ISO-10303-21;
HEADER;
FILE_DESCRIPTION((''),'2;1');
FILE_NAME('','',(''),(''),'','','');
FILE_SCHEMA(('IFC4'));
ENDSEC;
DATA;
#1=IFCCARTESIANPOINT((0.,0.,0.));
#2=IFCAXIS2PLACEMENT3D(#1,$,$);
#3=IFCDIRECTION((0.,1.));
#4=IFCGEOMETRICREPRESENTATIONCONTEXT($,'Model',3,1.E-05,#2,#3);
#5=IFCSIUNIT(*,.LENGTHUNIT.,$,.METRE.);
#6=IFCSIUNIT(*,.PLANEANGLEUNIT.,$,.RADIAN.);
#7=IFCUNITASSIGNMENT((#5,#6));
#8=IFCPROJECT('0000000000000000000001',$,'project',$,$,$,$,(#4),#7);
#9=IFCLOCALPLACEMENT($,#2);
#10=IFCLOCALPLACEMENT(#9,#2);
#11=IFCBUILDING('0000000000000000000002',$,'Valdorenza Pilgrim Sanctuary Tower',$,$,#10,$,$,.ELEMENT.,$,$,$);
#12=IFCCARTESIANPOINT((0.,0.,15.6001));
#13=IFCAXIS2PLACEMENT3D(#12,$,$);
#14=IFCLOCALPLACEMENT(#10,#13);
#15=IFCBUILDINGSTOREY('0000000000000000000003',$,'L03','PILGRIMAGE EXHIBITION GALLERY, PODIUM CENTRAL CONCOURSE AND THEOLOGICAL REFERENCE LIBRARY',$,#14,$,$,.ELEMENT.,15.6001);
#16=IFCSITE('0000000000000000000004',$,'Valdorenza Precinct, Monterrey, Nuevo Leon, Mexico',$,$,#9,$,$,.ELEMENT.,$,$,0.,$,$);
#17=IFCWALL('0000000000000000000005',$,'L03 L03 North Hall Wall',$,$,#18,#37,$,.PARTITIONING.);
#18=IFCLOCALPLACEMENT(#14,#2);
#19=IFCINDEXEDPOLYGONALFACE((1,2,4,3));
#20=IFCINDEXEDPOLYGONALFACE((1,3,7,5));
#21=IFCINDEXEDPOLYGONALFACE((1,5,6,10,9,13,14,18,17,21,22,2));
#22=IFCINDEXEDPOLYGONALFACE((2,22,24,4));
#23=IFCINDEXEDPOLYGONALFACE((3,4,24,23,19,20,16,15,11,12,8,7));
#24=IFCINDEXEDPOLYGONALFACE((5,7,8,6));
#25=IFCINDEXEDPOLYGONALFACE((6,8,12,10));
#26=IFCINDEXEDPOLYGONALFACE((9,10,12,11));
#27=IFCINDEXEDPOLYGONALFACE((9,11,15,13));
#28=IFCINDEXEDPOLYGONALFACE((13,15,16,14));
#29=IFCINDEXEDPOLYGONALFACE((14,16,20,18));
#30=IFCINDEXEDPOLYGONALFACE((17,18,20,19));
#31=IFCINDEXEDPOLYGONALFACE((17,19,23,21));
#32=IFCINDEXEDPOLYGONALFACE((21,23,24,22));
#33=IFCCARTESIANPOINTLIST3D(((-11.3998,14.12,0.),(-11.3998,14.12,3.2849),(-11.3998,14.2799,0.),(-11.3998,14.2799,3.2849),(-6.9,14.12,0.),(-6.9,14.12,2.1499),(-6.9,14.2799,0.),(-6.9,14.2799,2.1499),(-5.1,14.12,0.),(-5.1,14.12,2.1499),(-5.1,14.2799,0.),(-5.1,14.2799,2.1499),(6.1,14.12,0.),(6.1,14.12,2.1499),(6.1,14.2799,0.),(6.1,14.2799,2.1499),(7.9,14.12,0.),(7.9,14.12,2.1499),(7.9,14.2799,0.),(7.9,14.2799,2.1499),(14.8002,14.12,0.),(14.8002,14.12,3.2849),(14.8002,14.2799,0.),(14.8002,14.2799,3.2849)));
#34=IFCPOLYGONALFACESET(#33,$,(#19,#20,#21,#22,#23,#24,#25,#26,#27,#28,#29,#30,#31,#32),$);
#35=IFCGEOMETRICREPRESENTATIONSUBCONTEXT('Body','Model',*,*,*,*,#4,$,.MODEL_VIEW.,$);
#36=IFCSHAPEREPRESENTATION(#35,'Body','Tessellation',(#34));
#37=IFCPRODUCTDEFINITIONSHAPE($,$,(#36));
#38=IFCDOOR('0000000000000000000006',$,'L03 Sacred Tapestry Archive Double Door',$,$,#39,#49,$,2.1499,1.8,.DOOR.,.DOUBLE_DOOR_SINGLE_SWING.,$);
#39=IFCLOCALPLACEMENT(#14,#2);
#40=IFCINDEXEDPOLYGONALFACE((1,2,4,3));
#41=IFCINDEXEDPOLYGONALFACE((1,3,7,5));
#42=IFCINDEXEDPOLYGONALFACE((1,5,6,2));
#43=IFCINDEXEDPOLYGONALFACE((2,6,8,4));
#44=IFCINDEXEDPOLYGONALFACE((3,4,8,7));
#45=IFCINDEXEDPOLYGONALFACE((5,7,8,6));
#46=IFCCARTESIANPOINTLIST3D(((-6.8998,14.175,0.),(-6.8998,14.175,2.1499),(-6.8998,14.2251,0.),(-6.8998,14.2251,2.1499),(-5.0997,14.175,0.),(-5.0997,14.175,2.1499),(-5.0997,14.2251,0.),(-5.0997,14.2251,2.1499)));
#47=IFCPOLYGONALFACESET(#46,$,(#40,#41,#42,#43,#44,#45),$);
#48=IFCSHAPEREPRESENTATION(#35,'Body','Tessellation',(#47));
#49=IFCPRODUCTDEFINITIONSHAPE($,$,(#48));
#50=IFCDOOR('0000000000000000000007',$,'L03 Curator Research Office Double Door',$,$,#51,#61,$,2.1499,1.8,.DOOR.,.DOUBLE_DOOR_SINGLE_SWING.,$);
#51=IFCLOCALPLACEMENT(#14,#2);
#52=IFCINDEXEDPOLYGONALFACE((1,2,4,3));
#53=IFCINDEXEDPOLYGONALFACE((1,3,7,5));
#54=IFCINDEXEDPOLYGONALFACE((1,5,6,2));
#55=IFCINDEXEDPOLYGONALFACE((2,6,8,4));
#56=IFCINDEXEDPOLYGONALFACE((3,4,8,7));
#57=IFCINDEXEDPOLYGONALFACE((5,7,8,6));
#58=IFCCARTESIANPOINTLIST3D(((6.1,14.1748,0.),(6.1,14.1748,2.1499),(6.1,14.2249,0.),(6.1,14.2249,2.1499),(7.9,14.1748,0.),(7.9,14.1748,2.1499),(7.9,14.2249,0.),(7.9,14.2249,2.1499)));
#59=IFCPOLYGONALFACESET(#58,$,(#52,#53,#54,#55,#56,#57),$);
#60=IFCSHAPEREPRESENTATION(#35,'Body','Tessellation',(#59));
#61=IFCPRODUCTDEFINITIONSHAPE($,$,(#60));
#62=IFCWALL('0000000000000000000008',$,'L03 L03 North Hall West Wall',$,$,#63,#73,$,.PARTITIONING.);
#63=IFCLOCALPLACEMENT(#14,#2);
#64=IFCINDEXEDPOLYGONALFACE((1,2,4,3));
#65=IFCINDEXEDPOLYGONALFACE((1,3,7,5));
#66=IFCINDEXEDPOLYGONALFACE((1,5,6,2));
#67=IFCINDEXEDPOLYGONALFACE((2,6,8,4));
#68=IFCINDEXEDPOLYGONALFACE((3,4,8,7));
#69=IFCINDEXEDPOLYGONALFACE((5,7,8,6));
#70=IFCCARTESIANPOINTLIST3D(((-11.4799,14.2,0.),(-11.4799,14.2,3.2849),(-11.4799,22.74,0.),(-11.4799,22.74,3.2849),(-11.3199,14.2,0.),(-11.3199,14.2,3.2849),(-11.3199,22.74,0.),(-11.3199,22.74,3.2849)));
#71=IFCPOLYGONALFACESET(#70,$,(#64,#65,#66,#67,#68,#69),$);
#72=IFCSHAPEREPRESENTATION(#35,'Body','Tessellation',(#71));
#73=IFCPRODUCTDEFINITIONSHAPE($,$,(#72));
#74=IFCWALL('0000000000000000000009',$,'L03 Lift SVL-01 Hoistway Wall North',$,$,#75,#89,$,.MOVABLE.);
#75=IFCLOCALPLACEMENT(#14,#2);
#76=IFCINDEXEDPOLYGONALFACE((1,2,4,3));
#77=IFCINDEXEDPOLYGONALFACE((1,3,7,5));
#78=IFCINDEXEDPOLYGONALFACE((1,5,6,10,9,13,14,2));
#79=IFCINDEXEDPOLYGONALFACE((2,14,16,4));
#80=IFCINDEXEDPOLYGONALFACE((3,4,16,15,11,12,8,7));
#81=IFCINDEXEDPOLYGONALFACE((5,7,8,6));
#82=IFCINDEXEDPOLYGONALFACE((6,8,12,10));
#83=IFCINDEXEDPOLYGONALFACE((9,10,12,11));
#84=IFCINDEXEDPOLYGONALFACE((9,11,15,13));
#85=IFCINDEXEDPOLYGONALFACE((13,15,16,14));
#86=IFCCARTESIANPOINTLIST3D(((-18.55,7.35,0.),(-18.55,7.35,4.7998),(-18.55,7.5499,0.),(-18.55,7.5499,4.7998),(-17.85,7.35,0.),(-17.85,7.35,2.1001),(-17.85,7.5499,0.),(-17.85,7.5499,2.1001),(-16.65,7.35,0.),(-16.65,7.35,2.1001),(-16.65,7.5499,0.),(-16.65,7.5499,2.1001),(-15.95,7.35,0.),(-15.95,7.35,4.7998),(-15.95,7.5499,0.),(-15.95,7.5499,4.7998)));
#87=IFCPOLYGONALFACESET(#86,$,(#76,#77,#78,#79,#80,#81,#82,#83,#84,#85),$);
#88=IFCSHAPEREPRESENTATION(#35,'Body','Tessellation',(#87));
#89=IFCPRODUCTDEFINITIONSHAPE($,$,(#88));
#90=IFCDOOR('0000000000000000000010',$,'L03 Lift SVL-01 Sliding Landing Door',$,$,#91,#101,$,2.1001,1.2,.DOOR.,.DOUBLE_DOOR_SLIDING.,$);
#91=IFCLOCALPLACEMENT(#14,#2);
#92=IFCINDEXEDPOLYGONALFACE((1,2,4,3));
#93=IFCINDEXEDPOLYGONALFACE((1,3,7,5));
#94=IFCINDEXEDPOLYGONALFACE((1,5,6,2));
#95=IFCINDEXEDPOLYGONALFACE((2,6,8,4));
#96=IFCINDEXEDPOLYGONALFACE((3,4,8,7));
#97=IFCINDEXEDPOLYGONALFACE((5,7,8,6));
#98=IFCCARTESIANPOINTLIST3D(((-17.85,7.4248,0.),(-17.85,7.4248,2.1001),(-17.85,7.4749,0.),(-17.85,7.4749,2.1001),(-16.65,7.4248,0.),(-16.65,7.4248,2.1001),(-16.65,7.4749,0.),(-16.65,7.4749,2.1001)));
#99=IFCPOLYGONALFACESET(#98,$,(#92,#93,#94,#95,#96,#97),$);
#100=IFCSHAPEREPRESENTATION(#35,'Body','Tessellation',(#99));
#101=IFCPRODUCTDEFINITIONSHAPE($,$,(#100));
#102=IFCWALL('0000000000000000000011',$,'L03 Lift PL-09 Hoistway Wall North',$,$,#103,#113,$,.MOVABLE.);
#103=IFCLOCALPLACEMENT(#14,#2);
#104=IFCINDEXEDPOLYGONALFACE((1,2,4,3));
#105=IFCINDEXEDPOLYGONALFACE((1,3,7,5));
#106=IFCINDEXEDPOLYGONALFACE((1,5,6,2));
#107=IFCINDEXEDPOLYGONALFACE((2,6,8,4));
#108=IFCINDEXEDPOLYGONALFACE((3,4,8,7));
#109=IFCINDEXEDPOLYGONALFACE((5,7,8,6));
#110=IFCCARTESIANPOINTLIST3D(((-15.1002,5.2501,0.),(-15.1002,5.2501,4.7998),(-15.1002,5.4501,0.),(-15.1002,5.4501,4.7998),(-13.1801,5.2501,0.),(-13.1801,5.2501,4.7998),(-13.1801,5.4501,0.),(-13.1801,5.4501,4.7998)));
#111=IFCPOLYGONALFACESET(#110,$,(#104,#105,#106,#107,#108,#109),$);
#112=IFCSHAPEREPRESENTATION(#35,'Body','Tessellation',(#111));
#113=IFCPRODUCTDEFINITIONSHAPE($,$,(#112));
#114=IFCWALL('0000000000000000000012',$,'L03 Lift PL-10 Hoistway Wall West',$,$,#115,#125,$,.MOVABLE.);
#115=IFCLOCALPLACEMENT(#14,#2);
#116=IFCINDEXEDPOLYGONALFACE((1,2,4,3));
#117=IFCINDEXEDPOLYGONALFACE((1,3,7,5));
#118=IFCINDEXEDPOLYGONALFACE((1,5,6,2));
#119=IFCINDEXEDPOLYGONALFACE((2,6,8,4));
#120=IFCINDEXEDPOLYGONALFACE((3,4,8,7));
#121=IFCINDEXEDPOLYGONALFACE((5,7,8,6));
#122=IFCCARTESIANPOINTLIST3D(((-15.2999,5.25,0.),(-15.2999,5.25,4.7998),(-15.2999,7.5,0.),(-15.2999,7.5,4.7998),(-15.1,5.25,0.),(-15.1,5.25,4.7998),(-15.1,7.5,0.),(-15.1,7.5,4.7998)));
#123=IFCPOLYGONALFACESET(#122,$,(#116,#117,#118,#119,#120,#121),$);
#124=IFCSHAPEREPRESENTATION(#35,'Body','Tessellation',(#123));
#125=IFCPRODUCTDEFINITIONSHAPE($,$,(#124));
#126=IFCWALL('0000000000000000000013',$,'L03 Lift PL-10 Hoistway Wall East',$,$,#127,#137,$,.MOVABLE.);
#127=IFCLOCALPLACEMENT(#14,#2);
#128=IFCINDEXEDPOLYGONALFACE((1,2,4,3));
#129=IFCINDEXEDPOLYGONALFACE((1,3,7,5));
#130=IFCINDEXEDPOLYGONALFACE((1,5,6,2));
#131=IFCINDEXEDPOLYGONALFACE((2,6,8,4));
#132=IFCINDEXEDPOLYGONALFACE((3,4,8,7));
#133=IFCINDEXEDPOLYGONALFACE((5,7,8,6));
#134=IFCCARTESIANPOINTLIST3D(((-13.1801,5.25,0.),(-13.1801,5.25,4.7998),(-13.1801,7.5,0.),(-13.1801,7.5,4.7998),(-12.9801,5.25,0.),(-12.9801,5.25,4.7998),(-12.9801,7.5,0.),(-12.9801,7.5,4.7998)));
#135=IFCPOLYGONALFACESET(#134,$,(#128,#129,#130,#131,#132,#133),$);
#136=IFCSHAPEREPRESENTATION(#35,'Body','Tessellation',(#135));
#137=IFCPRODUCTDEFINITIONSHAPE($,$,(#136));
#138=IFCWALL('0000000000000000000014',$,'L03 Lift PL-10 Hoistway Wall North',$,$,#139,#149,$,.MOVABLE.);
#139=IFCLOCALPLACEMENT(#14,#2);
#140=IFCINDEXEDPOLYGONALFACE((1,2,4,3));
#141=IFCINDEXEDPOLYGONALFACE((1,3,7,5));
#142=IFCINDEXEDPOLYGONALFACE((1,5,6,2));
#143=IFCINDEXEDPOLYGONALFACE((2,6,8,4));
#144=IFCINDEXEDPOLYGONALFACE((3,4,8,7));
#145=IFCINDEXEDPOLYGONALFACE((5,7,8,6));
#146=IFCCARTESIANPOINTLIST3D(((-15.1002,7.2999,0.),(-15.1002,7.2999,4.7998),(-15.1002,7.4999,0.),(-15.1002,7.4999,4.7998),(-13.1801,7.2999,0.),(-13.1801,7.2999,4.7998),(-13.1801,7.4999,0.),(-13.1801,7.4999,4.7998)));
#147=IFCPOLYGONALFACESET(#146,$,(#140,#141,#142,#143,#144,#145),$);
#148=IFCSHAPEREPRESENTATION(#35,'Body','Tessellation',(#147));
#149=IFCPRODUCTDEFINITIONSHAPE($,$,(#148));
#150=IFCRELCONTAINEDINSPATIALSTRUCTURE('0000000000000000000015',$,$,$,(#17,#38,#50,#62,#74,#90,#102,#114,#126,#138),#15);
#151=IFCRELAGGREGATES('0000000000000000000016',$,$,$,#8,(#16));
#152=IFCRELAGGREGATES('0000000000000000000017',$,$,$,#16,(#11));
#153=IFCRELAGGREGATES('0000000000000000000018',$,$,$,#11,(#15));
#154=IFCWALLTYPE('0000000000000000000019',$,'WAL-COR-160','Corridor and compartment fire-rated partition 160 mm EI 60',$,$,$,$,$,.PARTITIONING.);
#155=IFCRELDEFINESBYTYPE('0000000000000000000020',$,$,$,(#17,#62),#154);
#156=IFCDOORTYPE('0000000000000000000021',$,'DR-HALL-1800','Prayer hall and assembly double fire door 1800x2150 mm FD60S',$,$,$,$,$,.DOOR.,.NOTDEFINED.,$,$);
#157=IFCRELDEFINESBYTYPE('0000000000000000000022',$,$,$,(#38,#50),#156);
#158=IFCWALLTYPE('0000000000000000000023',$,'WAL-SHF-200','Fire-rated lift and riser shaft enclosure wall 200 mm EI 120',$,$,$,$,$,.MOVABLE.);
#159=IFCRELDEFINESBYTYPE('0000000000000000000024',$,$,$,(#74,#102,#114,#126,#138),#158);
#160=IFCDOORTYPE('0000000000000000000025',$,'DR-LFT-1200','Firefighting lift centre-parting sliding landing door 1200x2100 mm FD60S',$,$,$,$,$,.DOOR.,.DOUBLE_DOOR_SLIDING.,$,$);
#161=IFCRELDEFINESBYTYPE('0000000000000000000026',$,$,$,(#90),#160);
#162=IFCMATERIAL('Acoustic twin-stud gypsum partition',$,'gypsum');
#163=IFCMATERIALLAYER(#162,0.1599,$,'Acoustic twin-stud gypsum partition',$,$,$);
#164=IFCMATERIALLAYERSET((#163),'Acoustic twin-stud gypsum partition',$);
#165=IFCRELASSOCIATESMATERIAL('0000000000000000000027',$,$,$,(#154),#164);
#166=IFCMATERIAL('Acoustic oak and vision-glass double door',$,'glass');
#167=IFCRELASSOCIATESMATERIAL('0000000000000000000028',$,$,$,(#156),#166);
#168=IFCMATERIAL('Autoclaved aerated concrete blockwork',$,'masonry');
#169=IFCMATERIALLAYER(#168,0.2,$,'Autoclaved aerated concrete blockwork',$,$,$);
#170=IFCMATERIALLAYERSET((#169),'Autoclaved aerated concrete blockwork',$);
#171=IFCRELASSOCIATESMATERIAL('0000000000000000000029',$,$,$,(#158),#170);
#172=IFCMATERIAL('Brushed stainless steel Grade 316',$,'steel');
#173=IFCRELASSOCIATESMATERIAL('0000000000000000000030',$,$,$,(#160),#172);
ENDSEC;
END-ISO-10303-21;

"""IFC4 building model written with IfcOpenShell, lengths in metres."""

from ifc_helpers import new_model, si_unit, direction, frame, frame_2d, origin, place, context, subcontext, project, spatial, rectangle, extrude, material, layer, layer_set, type_object, element, fill, save


model = new_model("IFC4")

# Units and contexts
model_context = context("Model", 3, precision=1e-05, world=origin(), true_north=direction((0.0, 1.0)))
body_context = subcontext(model_context, "Body", "Model", "MODEL_VIEW")
ifc_project = project(units=[si_unit("LENGTHUNIT", "METRE"), si_unit("PLANEANGLEUNIT", "RADIAN")], contexts=[model_context])

# Site, building, storey
site_placement = place(None, origin())
site = spatial("IfcSite", under=ifc_project, at=site_placement, Name="Valdorenza Precinct, Monterrey, Nuevo Leon, Mexico", CompositionType="ELEMENT", RefElevation=0.0)
building_placement = place(site_placement, origin())
building = spatial("IfcBuilding", under=site, at=building_placement, Name="Valdorenza Pilgrim Sanctuary Tower", CompositionType="ELEMENT")
storey_placement = place(building_placement, frame((0.0, 0.0, 15.6001)))
storey = spatial("IfcBuildingStorey", under=building, at=storey_placement, Name="L03", Description="PILGRIMAGE EXHIBITION GALLERY, PODIUM CENTRAL CONCOURSE AND THEOLOGICAL REFERENCE LIBRARY", CompositionType="ELEMENT", Elevation=15.6001)

# Shared definitions
ifc_material_1 = material(Name="Acoustic twin-stud gypsum partition", Category="gypsum")
ifc_layer_1 = layer(ifc_material_1, 0.1599, Name="Acoustic twin-stud gypsum partition")
ifc_layer_set_1 = layer_set([ifc_layer_1], Name="Acoustic twin-stud gypsum partition")
wall_type_1 = type_object("IfcWallType", Name="WAL-COR-160", Description="Corridor and compartment fire-rated partition 160 mm EI 60", PredefinedType="PARTITIONING", material=ifc_layer_set_1)

# Wall, openings, doors
wall_1_placement = place(storey_placement, frame((-11.3999, 14.2, 0.0), z_axis=(0.0, 0.0, 1.0), x_axis=(1.0, 0.0, 0.0)))
wall_1 = element("IfcWall", 1, at=wall_1_placement, inside=storey, type_object=wall_type_1, Name="L03 L03 North Hall Wall", PredefinedType="PARTITIONING", context=body_context, shape_type="SweptSolid", body=[
    extrude(rectangle(XDim=26.2, YDim=0.1599, at=frame_2d((13.1001, 0.0))), origin(), (0.0, 0.0, 1.0), 3.2849),
])
opening_1_placement = place(wall_1_placement, frame((4.5, 0.0, 0.0)))
opening_1 = element("IfcOpeningElement", 2, at=opening_1_placement, cuts=wall_1, PredefinedType="OPENING", context=body_context, shape_type="SweptSolid", body=[
    extrude(rectangle(XDim=1.8, YDim=2.1499, at=frame_2d((0.8999, 1.075))), frame((0.0, 0.0947, 0.0), z_axis=(0.0, -1.0, 0.0), x_axis=(1.0, 0.0, 0.0)), (0.0, 0.0, 1.0), 0.1897),
])
opening_2_placement = place(wall_1_placement, frame((17.5, 0.0, 0.0)))
opening_2 = element("IfcOpeningElement", 3, at=opening_2_placement, cuts=wall_1, PredefinedType="OPENING", context=body_context, shape_type="SweptSolid", body=[
    extrude(rectangle(XDim=1.8, YDim=2.1499, at=frame_2d((0.8999, 1.075))), frame((0.0, 0.0947, 0.0), z_axis=(0.0, -1.0, 0.0), x_axis=(1.0, 0.0, 0.0)), (0.0, 0.0, 1.0), 0.1897),
])
ifc_material_2 = material(Name="Acoustic oak and vision-glass double door", Category="glass")
door_type_1 = type_object("IfcDoorType", Name="DR-HALL-1800", Description="Prayer hall and assembly double fire door 1800x2150 mm FD60S", OperationType="NOTDEFINED", PredefinedType="DOOR", material=ifc_material_2)
door_1_placement = place(opening_1_placement, frame((1.8, 0.0, 0.0), z_axis=(0.0, 0.0, 1.0), x_axis=(-1.0, 0.0, 0.0)))
door_1 = element("IfcDoor", 4, at=door_1_placement, inside=storey, type_object=door_type_1, Name="L03 Sacred Tapestry Archive Double Door", OperationType="DOUBLE_DOOR_SINGLE_SWING", OverallHeight=2.1499, OverallWidth=1.8, PredefinedType="DOOR", context=body_context, shape_type="SweptSolid", body=[
    extrude(rectangle(XDim=1.8, YDim=2.1499, at=frame_2d((0.8999, 1.075))), frame((0.0, 0.0249, 0.0), z_axis=(0.0, -1.0, 0.0), x_axis=(1.0, 0.0, 0.0)), (0.0, 0.0, 1.0), 0.05),
])
fill(opening_1, door_1)
door_2_placement = place(opening_2_placement, origin())
door_2 = element("IfcDoor", 5, at=door_2_placement, inside=storey, type_object=door_type_1, Name="L03 Curator Research Office Double Door", OperationType="DOUBLE_DOOR_SINGLE_SWING", OverallHeight=2.1499, OverallWidth=1.8, PredefinedType="DOOR", context=body_context, shape_type="SweptSolid", body=[
    extrude(rectangle(XDim=1.8, YDim=2.1499, at=frame_2d((0.8999, 1.075))), frame((0.0, 0.0249, 0.0), z_axis=(0.0, -1.0, 0.0), x_axis=(1.0, 0.0, 0.0)), (0.0, 0.0, 1.0), 0.05),
])
fill(opening_2, door_2)

# Wall
wall_2_placement = place(storey_placement, frame((-11.3999, 14.2, 0.0), z_axis=(0.0, 0.0, 1.0), x_axis=(0.0, 1.0, 0.0)))
element("IfcWall", 6, at=wall_2_placement, inside=storey, type_object=wall_type_1, Name="L03 L03 North Hall West Wall", PredefinedType="PARTITIONING", context=body_context, shape_type="SweptSolid", body=[
    extrude(rectangle(XDim=8.54, YDim=0.1599, at=frame_2d((4.27, 0.0))), origin(), (0.0, 0.0, 1.0), 3.2849),
])

# Wall, opening, door
ifc_material_3 = material(Name="Autoclaved aerated concrete blockwork", Category="masonry")
ifc_layer_2 = layer(ifc_material_3, 0.2, Name="Autoclaved aerated concrete blockwork")
ifc_layer_set_2 = layer_set([ifc_layer_2], Name="Autoclaved aerated concrete blockwork")
wall_type_2 = type_object("IfcWallType", Name="WAL-SHF-200", Description="Fire-rated lift and riser shaft enclosure wall 200 mm EI 120", PredefinedType="MOVABLE", material=ifc_layer_set_2)
wall_3_placement = place(storey_placement, frame((-18.55, 7.45, 0.0), z_axis=(0.0, 0.0, 1.0), x_axis=(1.0, 0.0, 0.0)))
wall_3 = element("IfcWall", 7, at=wall_3_placement, inside=storey, type_object=wall_type_2, Name="L03 Lift SVL-01 Hoistway Wall North", PredefinedType="MOVABLE", context=body_context, shape_type="SweptSolid", body=[
    extrude(rectangle(XDim=2.6001, YDim=0.2, at=frame_2d((1.3, 0.0))), origin(), (0.0, 0.0, 1.0), 4.7998),
])
opening_3_placement = place(wall_3_placement, frame((0.7, 0.0, 0.0)))
opening_3 = element("IfcOpeningElement", 8, at=opening_3_placement, cuts=wall_3, PredefinedType="OPENING", context=body_context, shape_type="SweptSolid", body=[
    extrude(rectangle(XDim=1.2, YDim=2.1001, at=frame_2d((0.6001, 1.05))), frame((0.0, 0.1147, 0.0), z_axis=(0.0, -1.0, 0.0), x_axis=(1.0, 0.0, 0.0)), (0.0, 0.0, 1.0), 0.2297),
])
ifc_material_4 = material(Name="Brushed stainless steel Grade 316", Category="steel")
door_type_2 = type_object("IfcDoorType", Name="DR-LFT-1200", Description="Firefighting lift centre-parting sliding landing door 1200x2100 mm FD60S", OperationType="DOUBLE_DOOR_SLIDING", PredefinedType="DOOR", material=ifc_material_4)
door_3_placement = place(opening_3_placement, origin())
door_3 = element("IfcDoor", 9, at=door_3_placement, inside=storey, type_object=door_type_2, Name="L03 Lift SVL-01 Sliding Landing Door", OperationType="DOUBLE_DOOR_SLIDING", OverallHeight=2.1001, OverallWidth=1.2, PredefinedType="DOOR", context=body_context, shape_type="SweptSolid", body=[
    extrude(rectangle(XDim=1.2, YDim=2.1001, at=frame_2d((0.6001, 1.05))), frame((0.0, 0.0249, 0.0), z_axis=(0.0, -1.0, 0.0), x_axis=(1.0, 0.0, 0.0)), (0.0, 0.0, 1.0), 0.05),
])
fill(opening_3, door_3)

# Walls
wall_4_placement = place(storey_placement, frame((-15.1001, 5.3501, 0.0), z_axis=(0.0, 0.0, 1.0), x_axis=(1.0, 0.0, 0.0)))
element("IfcWall", 10, at=wall_4_placement, inside=storey, type_object=wall_type_2, Name="L03 Lift PL-09 Hoistway Wall North", PredefinedType="MOVABLE", context=body_context, shape_type="SweptSolid", body=[
    extrude(rectangle(XDim=1.9202, YDim=0.2, at=frame_2d((0.96, 0.0))), origin(), (0.0, 0.0, 1.0), 4.7998),
])
for number, where, z_axis, x_axis, name in (
    (11, (-15.2, 5.25, 0.0), (0.0, 0.0, 1.0), (0.0, 1.0, 0.0), "L03 Lift PL-10 Hoistway Wall West"),
    (12, (-13.0801, 5.25, 0.0), (0.0, 0.0, 1.0), (0.0, 1.0, 0.0), "L03 Lift PL-10 Hoistway Wall East"),
):
    element("IfcWall", number, at=place(storey_placement, frame(where, z_axis=z_axis, x_axis=x_axis)), inside=storey, type_object=wall_type_2, Name=name, PredefinedType="MOVABLE", context=body_context, shape_type="SweptSolid", body=[
        extrude(rectangle(XDim=2.25, YDim=0.2, at=frame_2d((1.125, 0.0))), origin(), (0.0, 0.0, 1.0), 4.7998),
    ])
wall_5_placement = place(storey_placement, frame((-15.1001, 7.3999, 0.0), z_axis=(0.0, 0.0, 1.0), x_axis=(1.0, 0.0, 0.0)))
element("IfcWall", 13, at=wall_5_placement, inside=storey, type_object=wall_type_2, Name="L03 Lift PL-10 Hoistway Wall North", PredefinedType="MOVABLE", context=body_context, shape_type="SweptSolid", body=[
    extrude(rectangle(XDim=1.9202, YDim=0.2, at=frame_2d((0.96, 0.0))), origin(), (0.0, 0.0, 1.0), 4.7998),
])

save(model, "model.ifc")
